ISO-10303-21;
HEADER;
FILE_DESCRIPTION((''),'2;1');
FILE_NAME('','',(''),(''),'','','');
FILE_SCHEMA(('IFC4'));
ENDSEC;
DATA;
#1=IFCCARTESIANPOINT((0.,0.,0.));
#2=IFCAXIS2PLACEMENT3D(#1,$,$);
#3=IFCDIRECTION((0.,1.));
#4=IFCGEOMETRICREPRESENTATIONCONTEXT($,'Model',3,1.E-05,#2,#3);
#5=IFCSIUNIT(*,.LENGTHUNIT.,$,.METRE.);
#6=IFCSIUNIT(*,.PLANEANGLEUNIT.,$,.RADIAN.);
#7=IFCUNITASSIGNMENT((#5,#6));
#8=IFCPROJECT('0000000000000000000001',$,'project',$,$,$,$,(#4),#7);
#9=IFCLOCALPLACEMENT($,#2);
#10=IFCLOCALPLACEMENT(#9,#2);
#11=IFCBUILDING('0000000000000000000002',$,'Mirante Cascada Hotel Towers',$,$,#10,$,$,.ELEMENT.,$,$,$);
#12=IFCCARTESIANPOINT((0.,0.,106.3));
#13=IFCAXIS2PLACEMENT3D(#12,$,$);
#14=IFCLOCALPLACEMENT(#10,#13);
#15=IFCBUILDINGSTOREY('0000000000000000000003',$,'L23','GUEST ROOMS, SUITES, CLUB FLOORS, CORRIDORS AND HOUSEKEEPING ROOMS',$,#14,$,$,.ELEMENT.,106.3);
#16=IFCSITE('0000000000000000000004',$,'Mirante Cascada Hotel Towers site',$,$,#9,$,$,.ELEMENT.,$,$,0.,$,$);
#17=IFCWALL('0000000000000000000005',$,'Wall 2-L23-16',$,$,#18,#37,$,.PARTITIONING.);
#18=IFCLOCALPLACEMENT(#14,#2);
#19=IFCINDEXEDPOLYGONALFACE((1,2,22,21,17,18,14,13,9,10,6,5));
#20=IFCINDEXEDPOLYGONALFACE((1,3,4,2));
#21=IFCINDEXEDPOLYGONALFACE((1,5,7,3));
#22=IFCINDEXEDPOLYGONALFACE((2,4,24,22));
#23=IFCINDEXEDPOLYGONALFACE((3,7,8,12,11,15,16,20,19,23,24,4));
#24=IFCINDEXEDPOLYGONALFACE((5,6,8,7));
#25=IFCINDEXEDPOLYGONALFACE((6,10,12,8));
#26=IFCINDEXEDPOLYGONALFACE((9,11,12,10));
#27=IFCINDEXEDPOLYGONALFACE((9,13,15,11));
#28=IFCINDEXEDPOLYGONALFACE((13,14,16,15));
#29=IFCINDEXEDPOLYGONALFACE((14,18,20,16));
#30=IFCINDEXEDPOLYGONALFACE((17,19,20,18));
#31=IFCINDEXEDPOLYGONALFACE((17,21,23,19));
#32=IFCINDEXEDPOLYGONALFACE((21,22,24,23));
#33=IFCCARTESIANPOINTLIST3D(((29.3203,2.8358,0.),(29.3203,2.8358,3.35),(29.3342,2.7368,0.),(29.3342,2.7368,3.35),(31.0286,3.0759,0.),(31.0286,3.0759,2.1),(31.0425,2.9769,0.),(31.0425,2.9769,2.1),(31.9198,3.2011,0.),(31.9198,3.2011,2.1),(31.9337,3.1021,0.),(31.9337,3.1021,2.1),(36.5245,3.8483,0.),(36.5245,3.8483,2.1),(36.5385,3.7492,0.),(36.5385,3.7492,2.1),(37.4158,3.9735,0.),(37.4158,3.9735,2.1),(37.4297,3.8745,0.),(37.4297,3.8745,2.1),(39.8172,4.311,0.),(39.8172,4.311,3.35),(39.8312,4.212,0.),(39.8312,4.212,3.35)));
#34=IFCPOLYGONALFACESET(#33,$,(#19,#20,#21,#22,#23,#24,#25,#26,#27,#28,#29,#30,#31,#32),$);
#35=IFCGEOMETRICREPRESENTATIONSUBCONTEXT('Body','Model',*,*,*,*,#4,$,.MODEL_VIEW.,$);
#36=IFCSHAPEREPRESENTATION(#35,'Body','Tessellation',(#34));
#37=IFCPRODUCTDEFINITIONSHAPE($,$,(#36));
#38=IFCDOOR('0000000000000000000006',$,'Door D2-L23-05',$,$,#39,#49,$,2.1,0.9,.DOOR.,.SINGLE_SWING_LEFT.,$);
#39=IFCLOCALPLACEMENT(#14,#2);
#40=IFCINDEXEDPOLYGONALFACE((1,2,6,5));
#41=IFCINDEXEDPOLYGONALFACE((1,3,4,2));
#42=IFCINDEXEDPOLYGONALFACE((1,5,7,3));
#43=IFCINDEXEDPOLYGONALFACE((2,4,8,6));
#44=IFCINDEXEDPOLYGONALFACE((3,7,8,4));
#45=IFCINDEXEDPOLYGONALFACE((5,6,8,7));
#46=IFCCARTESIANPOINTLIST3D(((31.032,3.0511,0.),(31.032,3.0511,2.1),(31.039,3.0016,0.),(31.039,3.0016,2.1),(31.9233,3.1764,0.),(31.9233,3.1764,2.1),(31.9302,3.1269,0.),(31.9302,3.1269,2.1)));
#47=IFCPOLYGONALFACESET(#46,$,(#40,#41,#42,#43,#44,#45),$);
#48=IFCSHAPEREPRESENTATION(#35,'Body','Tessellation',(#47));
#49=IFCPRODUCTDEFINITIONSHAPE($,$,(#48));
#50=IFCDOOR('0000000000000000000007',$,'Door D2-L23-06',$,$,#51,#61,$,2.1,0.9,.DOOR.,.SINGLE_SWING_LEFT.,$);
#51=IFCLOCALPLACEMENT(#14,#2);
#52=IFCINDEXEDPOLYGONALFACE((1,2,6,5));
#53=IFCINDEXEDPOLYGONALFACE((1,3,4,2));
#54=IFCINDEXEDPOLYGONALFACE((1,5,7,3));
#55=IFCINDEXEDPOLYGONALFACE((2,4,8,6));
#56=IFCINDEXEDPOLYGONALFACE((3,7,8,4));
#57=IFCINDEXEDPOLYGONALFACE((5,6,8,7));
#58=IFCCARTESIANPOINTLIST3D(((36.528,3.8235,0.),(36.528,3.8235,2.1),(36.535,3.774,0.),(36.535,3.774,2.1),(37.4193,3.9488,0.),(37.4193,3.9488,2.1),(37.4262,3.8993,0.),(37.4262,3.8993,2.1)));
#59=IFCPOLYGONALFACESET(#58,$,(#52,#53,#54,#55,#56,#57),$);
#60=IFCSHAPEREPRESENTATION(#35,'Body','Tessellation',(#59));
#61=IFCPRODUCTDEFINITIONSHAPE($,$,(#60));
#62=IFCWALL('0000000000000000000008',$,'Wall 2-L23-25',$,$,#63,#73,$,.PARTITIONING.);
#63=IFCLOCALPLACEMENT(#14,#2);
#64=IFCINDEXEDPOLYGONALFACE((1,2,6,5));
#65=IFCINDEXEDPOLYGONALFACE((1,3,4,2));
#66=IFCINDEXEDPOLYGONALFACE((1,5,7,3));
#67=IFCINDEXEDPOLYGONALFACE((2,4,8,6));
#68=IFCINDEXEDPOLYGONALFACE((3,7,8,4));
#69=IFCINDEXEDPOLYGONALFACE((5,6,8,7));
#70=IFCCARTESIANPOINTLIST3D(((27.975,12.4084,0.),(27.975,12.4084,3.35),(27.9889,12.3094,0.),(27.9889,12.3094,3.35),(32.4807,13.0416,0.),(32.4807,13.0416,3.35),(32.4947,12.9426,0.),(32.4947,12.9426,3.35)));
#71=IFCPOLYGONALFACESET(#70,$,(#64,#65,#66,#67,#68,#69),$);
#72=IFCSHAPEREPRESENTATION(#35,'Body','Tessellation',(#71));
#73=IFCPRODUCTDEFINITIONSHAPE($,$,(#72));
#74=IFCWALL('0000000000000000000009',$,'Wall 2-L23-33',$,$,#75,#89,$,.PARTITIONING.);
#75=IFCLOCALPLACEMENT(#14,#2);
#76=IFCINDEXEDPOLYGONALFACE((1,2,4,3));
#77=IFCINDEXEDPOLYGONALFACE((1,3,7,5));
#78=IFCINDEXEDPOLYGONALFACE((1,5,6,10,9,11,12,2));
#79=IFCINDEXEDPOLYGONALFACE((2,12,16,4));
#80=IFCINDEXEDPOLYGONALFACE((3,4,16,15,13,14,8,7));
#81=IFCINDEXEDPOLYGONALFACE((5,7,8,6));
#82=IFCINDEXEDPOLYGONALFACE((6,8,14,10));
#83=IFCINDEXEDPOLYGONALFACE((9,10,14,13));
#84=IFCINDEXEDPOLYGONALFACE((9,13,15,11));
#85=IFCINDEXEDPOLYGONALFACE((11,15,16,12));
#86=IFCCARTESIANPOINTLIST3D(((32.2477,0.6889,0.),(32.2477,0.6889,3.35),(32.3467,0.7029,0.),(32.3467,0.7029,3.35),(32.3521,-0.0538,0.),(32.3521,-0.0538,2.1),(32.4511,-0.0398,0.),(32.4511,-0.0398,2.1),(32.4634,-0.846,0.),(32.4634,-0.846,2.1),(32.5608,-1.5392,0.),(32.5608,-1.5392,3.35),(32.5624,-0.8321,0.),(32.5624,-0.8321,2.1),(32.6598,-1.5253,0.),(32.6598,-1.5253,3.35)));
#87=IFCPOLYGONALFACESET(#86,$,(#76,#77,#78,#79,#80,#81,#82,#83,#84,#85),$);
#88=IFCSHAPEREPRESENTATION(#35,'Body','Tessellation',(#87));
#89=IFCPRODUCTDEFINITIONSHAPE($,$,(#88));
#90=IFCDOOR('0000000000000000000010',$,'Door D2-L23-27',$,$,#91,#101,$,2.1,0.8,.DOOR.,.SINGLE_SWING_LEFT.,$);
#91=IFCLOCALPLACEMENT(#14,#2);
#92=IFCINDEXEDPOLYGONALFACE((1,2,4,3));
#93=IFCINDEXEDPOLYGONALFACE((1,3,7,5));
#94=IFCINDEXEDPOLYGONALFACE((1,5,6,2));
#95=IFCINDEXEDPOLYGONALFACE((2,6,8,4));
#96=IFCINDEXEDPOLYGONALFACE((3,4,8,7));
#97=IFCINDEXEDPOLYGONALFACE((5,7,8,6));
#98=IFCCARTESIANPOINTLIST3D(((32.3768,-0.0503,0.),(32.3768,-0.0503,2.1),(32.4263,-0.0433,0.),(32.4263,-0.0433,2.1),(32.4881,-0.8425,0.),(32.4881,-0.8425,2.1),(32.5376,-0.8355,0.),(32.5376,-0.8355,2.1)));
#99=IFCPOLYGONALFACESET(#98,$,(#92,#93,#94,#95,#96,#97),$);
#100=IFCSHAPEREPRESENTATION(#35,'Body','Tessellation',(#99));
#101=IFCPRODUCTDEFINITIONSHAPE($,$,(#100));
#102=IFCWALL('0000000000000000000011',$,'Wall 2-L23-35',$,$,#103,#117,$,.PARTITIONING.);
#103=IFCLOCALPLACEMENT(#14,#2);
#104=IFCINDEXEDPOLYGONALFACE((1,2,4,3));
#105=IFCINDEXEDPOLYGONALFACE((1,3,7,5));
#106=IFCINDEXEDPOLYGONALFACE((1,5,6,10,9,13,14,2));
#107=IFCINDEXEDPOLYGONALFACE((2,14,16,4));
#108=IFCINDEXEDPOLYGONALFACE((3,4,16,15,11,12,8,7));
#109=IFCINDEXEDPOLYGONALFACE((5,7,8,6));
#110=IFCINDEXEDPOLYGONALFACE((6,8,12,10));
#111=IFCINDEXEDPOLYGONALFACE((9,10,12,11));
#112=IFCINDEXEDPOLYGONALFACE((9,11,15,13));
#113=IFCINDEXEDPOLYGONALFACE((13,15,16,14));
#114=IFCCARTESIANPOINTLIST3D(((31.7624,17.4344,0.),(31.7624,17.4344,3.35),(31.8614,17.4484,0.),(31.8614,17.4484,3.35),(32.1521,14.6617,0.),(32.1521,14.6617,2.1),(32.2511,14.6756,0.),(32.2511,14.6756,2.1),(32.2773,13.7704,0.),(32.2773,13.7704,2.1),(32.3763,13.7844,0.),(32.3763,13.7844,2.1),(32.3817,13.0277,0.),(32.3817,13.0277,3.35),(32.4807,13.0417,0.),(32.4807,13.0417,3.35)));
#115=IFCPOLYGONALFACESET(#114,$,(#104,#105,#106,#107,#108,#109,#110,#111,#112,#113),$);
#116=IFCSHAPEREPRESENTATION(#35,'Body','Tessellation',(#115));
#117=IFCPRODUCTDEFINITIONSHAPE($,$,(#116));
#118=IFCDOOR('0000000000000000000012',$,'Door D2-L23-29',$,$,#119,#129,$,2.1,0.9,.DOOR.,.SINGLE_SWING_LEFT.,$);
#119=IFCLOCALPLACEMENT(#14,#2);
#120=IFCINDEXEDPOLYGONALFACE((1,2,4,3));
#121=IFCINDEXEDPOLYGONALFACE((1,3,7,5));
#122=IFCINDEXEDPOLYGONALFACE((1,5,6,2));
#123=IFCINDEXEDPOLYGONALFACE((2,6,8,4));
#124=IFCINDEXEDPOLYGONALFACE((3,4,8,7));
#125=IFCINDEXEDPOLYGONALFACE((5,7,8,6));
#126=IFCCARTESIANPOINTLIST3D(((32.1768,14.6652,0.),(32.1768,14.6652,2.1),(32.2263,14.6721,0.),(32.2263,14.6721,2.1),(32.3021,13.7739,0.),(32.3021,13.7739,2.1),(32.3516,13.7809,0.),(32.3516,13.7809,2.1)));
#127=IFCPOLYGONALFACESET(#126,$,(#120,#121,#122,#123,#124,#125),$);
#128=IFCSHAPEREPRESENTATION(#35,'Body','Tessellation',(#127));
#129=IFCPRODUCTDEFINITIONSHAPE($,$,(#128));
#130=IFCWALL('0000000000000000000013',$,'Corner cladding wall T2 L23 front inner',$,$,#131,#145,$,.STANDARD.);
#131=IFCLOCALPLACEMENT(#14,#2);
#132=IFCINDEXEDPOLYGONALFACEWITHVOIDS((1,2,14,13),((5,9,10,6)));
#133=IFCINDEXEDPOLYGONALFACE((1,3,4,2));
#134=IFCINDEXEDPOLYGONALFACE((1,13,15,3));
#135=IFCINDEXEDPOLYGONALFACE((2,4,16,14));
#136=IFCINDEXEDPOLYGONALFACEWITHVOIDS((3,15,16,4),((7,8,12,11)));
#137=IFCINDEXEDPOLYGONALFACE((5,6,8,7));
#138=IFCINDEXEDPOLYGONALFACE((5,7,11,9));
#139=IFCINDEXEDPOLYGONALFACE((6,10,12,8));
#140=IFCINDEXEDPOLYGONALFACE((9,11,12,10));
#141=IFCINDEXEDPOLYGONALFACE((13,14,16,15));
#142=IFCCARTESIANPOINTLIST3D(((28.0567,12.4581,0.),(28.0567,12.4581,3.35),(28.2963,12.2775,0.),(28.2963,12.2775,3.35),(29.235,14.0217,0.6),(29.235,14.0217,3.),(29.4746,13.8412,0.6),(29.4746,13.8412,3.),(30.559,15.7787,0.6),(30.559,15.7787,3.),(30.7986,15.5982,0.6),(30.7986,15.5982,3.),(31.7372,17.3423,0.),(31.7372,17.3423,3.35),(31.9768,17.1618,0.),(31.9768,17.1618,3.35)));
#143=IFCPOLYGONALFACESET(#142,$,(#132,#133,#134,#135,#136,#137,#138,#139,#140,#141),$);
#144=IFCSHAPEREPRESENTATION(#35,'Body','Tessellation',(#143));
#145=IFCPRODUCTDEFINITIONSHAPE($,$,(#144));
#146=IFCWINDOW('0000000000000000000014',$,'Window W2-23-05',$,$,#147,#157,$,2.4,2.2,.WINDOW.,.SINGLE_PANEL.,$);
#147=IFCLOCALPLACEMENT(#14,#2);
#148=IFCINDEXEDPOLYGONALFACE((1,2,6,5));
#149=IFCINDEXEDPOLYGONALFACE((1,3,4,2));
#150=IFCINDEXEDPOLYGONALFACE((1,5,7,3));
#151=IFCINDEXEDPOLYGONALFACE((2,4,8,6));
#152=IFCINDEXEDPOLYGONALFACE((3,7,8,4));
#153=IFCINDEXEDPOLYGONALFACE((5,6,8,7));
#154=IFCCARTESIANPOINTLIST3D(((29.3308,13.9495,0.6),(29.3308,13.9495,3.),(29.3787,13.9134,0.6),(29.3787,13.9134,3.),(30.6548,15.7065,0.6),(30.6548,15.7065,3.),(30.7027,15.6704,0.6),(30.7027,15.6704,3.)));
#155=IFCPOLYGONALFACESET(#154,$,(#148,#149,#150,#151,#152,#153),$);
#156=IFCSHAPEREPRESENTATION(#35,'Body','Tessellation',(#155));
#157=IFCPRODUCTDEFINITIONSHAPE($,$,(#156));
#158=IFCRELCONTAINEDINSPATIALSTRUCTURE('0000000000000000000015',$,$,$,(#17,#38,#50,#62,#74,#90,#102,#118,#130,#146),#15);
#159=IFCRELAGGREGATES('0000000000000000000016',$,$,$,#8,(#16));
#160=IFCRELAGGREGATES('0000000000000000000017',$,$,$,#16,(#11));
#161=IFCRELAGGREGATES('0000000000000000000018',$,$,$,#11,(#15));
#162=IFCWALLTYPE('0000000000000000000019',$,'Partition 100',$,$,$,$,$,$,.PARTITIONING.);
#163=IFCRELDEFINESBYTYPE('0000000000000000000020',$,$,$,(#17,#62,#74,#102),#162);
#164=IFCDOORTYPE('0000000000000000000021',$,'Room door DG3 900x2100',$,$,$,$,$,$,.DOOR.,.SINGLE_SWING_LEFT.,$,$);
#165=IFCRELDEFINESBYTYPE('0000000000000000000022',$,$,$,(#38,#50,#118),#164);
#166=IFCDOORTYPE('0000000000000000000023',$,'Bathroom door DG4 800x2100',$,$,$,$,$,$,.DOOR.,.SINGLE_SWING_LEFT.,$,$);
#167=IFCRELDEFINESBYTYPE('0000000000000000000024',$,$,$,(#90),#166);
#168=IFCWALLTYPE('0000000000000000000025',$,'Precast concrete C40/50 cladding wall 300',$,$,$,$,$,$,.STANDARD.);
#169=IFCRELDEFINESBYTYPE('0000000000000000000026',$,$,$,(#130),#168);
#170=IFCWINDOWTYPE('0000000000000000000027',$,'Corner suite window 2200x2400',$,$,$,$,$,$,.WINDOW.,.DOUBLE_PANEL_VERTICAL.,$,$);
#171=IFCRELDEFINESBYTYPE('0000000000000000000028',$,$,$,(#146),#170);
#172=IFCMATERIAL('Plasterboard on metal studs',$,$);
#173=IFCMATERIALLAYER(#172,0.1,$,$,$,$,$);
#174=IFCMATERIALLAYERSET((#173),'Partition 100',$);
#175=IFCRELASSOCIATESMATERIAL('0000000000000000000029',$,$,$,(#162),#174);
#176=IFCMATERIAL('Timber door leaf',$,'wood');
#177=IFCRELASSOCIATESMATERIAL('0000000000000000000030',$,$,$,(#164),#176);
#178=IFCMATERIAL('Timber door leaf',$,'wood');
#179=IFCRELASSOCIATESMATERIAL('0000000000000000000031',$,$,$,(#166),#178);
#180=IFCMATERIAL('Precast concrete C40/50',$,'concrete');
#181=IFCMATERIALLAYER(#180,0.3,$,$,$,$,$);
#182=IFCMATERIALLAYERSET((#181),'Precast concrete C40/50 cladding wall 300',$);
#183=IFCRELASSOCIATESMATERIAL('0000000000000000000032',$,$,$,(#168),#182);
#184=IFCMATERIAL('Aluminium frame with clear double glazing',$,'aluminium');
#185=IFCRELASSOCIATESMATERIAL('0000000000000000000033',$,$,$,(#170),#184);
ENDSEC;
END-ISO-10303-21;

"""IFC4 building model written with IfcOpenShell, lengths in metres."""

from ifc_helpers import new_model, si_unit, direction, frame, frame_2d, origin, place, context, subcontext, project, spatial, rectangle, extrude, material, layer, layer_set, type_object, element, fill, save


model = new_model("IFC4")

# Units and contexts
model_context = context("Model", 3, precision=1e-05, world=origin(), true_north=direction((0.0, 1.0)))
body_context = subcontext(model_context, "Body", "Model", "MODEL_VIEW")
ifc_project = project(units=[si_unit("LENGTHUNIT", "METRE"), si_unit("PLANEANGLEUNIT", "RADIAN")], contexts=[model_context])

# Site, building, storey
site_placement = place(None, origin())
site = spatial("IfcSite", under=ifc_project, at=site_placement, Name="Mirante Cascada Hotel Towers site", CompositionType="ELEMENT", RefElevation=0.0)
building_placement = place(site_placement, origin())
building = spatial("IfcBuilding", under=site, at=building_placement, Name="Mirante Cascada Hotel Towers", CompositionType="ELEMENT")
storey_placement = place(building_placement, frame((0.0, 0.0, 106.3)))
storey = spatial("IfcBuildingStorey", under=building, at=storey_placement, Name="L23", Description="GUEST ROOMS, SUITES, CLUB FLOORS, CORRIDORS AND HOUSEKEEPING ROOMS", CompositionType="ELEMENT", Elevation=106.3)

# Shared definitions
ifc_material_1 = material(Name="Plasterboard on metal studs")
ifc_layer_1 = layer(ifc_material_1, 0.1)
ifc_layer_set_1 = layer_set([ifc_layer_1], Name="Partition 100")
wall_type_1 = type_object("IfcWallType", Name="Partition 100", PredefinedType="PARTITIONING", material=ifc_layer_set_1)

# Wall, openings, doors
wall_1_placement = place(storey_placement, frame((29.3273, 2.7863, 0.0), z_axis=(0.0, 0.0, 1.0), x_axis=(0.990269, 0.139169, 0.0)))
wall_1 = element("IfcWall", 1, at=wall_1_placement, inside=storey, type_object=wall_type_1, Name="Wall 2-L23-16", PredefinedType="PARTITIONING", context=body_context, shape_type="SweptSolid", body=[
    extrude(rectangle(XDim=10.6001, YDim=0.1, at=frame_2d((5.3, 0.0))), origin(), (0.0, 0.0, 1.0), 3.35),
])
opening_1_placement = place(wall_1_placement, frame((1.725, 0.0, 0.0)))
opening_1 = element("IfcOpeningElement", 2, at=opening_1_placement, cuts=wall_1, PredefinedType="OPENING", context=body_context, shape_type="SweptSolid", body=[
    extrude(rectangle(XDim=0.9, YDim=2.1, at=frame_2d((0.45, 1.05))), frame((0.0, 0.05, 0.0), z_axis=(0.0, -1.0, 0.0), x_axis=(1.0, 0.0, 0.0)), (0.0, 0.0, 1.0), 0.1),
])
opening_2_placement = place(wall_1_placement, frame((7.275, 0.0, 0.0)))
opening_2 = element("IfcOpeningElement", 3, at=opening_2_placement, cuts=wall_1, PredefinedType="OPENING", context=body_context, shape_type="SweptSolid", body=[
    extrude(rectangle(XDim=0.9, YDim=2.1, at=frame_2d((0.45, 1.05))), frame((0.0, 0.05, 0.0), z_axis=(0.0, -1.0, 0.0), x_axis=(1.0, 0.0, 0.0)), (0.0, 0.0, 1.0), 0.1),
])
ifc_material_2 = material(Name="Timber door leaf", Category="wood")
door_type_1 = type_object("IfcDoorType", Name="Room door DG3 900x2100", OperationType="SINGLE_SWING_LEFT", PredefinedType="DOOR", material=ifc_material_2)
door_1_placement = place(opening_1_placement, origin())
door_1 = element("IfcDoor", 4, at=door_1_placement, inside=storey, type_object=door_type_1, Name="Door D2-L23-05", OperationType="SINGLE_SWING_LEFT", OverallHeight=2.1, OverallWidth=0.9, PredefinedType="DOOR", context=body_context, shape_type="SweptSolid", body=[
    extrude(rectangle(XDim=0.9, YDim=2.1, at=frame_2d((0.45, 1.05))), frame((0.0, 0.025, 0.0), z_axis=(0.0, -1.0, 0.0), x_axis=(1.0, 0.0, 0.0)), (0.0, 0.0, 1.0), 0.05),
])
fill(opening_1, door_1)
door_2_placement = place(opening_2_placement, origin())
door_2 = element("IfcDoor", 5, at=door_2_placement, inside=storey, type_object=door_type_1, Name="Door D2-L23-06", OperationType="SINGLE_SWING_LEFT", OverallHeight=2.1, OverallWidth=0.9, PredefinedType="DOOR", context=body_context, shape_type="SweptSolid", body=[
    extrude(rectangle(XDim=0.9, YDim=2.1, at=frame_2d((0.45, 1.05))), frame((0.0, 0.025, 0.0), z_axis=(0.0, -1.0, 0.0), x_axis=(1.0, 0.0, 0.0)), (0.0, 0.0, 1.0), 0.05),
])
fill(opening_2, door_2)

# Wall
wall_2_placement = place(storey_placement, frame((32.4877, 12.9921, 0.0), z_axis=(0.0, 0.0, 1.0), x_axis=(-0.990269, -0.139166, 0.0)))
element("IfcWall", 6, at=wall_2_placement, inside=storey, type_object=wall_type_1, Name="Wall 2-L23-25", PredefinedType="PARTITIONING", context=body_context, shape_type="SweptSolid", body=[
    extrude(rectangle(XDim=4.55, YDim=0.1, at=frame_2d((2.275, 0.0))), origin(), (0.0, 0.0, 1.0), 3.35),
])

# Walls, openings, doors
wall_3_placement = place(storey_placement, frame((32.2972, 0.6959, 0.0), z_axis=(0.0, 0.0, 1.0), x_axis=(0.139156, -0.990271, 0.0)))
wall_3 = element("IfcWall", 7, at=wall_3_placement, inside=storey, type_object=wall_type_1, Name="Wall 2-L23-33", PredefinedType="PARTITIONING", context=body_context, shape_type="SweptSolid", body=[
    extrude(rectangle(XDim=2.25, YDim=0.1, at=frame_2d((1.125, 0.0))), origin(), (0.0, 0.0, 1.0), 3.35),
])
opening_3_placement = place(wall_3_placement, frame((0.75, 0.0, 0.0)))
opening_3 = element("IfcOpeningElement", 8, at=opening_3_placement, cuts=wall_3, PredefinedType="OPENING", context=body_context, shape_type="SweptSolid", body=[
    extrude(rectangle(XDim=0.8, YDim=2.1, at=frame_2d((0.4, 1.05))), frame((0.0, 0.05, 0.0), z_axis=(0.0, -1.0, 0.0), x_axis=(1.0, 0.0, 0.0)), (0.0, 0.0, 1.0), 0.1),
])
ifc_material_3 = material(Name="Timber door leaf", Category="wood")
door_type_2 = type_object("IfcDoorType", Name="Bathroom door DG4 800x2100", OperationType="SINGLE_SWING_LEFT", PredefinedType="DOOR", material=ifc_material_3)
door_3_placement = place(opening_3_placement, origin())
door_3 = element("IfcDoor", 9, at=door_3_placement, inside=storey, type_object=door_type_2, Name="Door D2-L23-27", OperationType="SINGLE_SWING_LEFT", OverallHeight=2.1, OverallWidth=0.8, PredefinedType="DOOR", context=body_context, shape_type="SweptSolid", body=[
    extrude(rectangle(XDim=0.8, YDim=2.1, at=frame_2d((0.4, 1.05))), frame((0.0, 0.025, 0.0), z_axis=(0.0, -1.0, 0.0), x_axis=(1.0, 0.0, 0.0)), (0.0, 0.0, 1.0), 0.05),
])
fill(opening_3, door_3)
wall_4_placement = place(storey_placement, frame((31.8119, 17.4414, 0.0), z_axis=(0.0, 0.0, 1.0), x_axis=(0.139168, -0.990269, 0.0)))
wall_4 = element("IfcWall", 10, at=wall_4_placement, inside=storey, type_object=wall_type_1, Name="Wall 2-L23-35", PredefinedType="PARTITIONING", context=body_context, shape_type="SweptSolid", body=[
    extrude(rectangle(XDim=4.45, YDim=0.1, at=frame_2d((2.225, 0.0))), origin(), (0.0, 0.0, 1.0), 3.35),
])
opening_4_placement = place(wall_4_placement, frame((2.8, 0.0, 0.0)))
opening_4 = element("IfcOpeningElement", 11, at=opening_4_placement, cuts=wall_4, PredefinedType="OPENING", context=body_context, shape_type="SweptSolid", body=[
    extrude(rectangle(XDim=0.9, YDim=2.1, at=frame_2d((0.45, 1.05))), frame((0.0, 0.05, 0.0), z_axis=(0.0, -1.0, 0.0), x_axis=(1.0, 0.0, 0.0)), (0.0, 0.0, 1.0), 0.1),
])
door_4_placement = place(opening_4_placement, origin())
door_4 = element("IfcDoor", 12, at=door_4_placement, inside=storey, type_object=door_type_1, Name="Door D2-L23-29", OperationType="SINGLE_SWING_LEFT", OverallHeight=2.1, OverallWidth=0.9, PredefinedType="DOOR", context=body_context, shape_type="SweptSolid", body=[
    extrude(rectangle(XDim=0.9, YDim=2.1, at=frame_2d((0.45, 1.05))), frame((0.0, 0.025, 0.0), z_axis=(0.0, -1.0, 0.0), x_axis=(1.0, 0.0, 0.0)), (0.0, 0.0, 1.0), 0.05),
])
fill(opening_4, door_4)

# Wall, opening, window
ifc_material_4 = material(Name="Precast concrete C40/50", Category="concrete")
ifc_layer_2 = layer(ifc_material_4, 0.3)
ifc_layer_set_2 = layer_set([ifc_layer_2], Name="Precast concrete C40/50 cladding wall 300")
wall_type_2 = type_object("IfcWallType", Name="Precast concrete C40/50 cladding wall 300", PredefinedType="STANDARD", material=ifc_layer_set_2)
wall_5_placement = place(storey_placement, frame((31.857, 17.252, 0.0), z_axis=(0.0, 0.0, 1.0), x_axis=(-0.601814, -0.798636, 0.0)))
wall_5 = element("IfcWall", 13, at=wall_5_placement, inside=storey, type_object=wall_type_2, Name="Corner cladding wall T2 L23 front inner", PredefinedType="STANDARD", context=body_context, shape_type="SweptSolid", body=[
    extrude(rectangle(XDim=6.1157, YDim=0.3, at=frame_2d((3.0578, 0.0))), origin(), (0.0, 0.0, 1.0), 3.35),
])
opening_5_placement = place(wall_5_placement, frame((1.9578, 0.0, 0.6)))
opening_5 = element("IfcOpeningElement", 14, at=opening_5_placement, cuts=wall_5, PredefinedType="OPENING", context=body_context, shape_type="SweptSolid", body=[
    extrude(rectangle(XDim=2.2, YDim=2.4, at=frame_2d((1.1, 1.2))), frame((0.0, 0.15, 0.0), z_axis=(0.0, -1.0, 0.0), x_axis=(1.0, 0.0, 0.0)), (0.0, 0.0, 1.0), 0.3),
])
ifc_material_5 = material(Name="Aluminium frame with clear double glazing", Category="aluminium")
window_type = type_object("IfcWindowType", Name="Corner suite window 2200x2400", PartitioningType="DOUBLE_PANEL_VERTICAL", PredefinedType="WINDOW", material=ifc_material_5)
window_placement = place(opening_5_placement, origin())
window = element("IfcWindow", 15, at=window_placement, inside=storey, type_object=window_type, Name="Window W2-23-05", OverallHeight=2.4, OverallWidth=2.2, PartitioningType="SINGLE_PANEL", PredefinedType="WINDOW", context=body_context, shape_type="SweptSolid", body=[
    extrude(rectangle(XDim=2.2, YDim=2.4, at=frame_2d((1.1, 1.2))), frame((0.0, 0.03, 0.0), z_axis=(0.0, -1.0, 0.0), x_axis=(1.0, 0.0, 0.0)), (0.0, 0.0, 1.0), 0.06),
])
fill(opening_5, window)

save(model, "model.ifc")
